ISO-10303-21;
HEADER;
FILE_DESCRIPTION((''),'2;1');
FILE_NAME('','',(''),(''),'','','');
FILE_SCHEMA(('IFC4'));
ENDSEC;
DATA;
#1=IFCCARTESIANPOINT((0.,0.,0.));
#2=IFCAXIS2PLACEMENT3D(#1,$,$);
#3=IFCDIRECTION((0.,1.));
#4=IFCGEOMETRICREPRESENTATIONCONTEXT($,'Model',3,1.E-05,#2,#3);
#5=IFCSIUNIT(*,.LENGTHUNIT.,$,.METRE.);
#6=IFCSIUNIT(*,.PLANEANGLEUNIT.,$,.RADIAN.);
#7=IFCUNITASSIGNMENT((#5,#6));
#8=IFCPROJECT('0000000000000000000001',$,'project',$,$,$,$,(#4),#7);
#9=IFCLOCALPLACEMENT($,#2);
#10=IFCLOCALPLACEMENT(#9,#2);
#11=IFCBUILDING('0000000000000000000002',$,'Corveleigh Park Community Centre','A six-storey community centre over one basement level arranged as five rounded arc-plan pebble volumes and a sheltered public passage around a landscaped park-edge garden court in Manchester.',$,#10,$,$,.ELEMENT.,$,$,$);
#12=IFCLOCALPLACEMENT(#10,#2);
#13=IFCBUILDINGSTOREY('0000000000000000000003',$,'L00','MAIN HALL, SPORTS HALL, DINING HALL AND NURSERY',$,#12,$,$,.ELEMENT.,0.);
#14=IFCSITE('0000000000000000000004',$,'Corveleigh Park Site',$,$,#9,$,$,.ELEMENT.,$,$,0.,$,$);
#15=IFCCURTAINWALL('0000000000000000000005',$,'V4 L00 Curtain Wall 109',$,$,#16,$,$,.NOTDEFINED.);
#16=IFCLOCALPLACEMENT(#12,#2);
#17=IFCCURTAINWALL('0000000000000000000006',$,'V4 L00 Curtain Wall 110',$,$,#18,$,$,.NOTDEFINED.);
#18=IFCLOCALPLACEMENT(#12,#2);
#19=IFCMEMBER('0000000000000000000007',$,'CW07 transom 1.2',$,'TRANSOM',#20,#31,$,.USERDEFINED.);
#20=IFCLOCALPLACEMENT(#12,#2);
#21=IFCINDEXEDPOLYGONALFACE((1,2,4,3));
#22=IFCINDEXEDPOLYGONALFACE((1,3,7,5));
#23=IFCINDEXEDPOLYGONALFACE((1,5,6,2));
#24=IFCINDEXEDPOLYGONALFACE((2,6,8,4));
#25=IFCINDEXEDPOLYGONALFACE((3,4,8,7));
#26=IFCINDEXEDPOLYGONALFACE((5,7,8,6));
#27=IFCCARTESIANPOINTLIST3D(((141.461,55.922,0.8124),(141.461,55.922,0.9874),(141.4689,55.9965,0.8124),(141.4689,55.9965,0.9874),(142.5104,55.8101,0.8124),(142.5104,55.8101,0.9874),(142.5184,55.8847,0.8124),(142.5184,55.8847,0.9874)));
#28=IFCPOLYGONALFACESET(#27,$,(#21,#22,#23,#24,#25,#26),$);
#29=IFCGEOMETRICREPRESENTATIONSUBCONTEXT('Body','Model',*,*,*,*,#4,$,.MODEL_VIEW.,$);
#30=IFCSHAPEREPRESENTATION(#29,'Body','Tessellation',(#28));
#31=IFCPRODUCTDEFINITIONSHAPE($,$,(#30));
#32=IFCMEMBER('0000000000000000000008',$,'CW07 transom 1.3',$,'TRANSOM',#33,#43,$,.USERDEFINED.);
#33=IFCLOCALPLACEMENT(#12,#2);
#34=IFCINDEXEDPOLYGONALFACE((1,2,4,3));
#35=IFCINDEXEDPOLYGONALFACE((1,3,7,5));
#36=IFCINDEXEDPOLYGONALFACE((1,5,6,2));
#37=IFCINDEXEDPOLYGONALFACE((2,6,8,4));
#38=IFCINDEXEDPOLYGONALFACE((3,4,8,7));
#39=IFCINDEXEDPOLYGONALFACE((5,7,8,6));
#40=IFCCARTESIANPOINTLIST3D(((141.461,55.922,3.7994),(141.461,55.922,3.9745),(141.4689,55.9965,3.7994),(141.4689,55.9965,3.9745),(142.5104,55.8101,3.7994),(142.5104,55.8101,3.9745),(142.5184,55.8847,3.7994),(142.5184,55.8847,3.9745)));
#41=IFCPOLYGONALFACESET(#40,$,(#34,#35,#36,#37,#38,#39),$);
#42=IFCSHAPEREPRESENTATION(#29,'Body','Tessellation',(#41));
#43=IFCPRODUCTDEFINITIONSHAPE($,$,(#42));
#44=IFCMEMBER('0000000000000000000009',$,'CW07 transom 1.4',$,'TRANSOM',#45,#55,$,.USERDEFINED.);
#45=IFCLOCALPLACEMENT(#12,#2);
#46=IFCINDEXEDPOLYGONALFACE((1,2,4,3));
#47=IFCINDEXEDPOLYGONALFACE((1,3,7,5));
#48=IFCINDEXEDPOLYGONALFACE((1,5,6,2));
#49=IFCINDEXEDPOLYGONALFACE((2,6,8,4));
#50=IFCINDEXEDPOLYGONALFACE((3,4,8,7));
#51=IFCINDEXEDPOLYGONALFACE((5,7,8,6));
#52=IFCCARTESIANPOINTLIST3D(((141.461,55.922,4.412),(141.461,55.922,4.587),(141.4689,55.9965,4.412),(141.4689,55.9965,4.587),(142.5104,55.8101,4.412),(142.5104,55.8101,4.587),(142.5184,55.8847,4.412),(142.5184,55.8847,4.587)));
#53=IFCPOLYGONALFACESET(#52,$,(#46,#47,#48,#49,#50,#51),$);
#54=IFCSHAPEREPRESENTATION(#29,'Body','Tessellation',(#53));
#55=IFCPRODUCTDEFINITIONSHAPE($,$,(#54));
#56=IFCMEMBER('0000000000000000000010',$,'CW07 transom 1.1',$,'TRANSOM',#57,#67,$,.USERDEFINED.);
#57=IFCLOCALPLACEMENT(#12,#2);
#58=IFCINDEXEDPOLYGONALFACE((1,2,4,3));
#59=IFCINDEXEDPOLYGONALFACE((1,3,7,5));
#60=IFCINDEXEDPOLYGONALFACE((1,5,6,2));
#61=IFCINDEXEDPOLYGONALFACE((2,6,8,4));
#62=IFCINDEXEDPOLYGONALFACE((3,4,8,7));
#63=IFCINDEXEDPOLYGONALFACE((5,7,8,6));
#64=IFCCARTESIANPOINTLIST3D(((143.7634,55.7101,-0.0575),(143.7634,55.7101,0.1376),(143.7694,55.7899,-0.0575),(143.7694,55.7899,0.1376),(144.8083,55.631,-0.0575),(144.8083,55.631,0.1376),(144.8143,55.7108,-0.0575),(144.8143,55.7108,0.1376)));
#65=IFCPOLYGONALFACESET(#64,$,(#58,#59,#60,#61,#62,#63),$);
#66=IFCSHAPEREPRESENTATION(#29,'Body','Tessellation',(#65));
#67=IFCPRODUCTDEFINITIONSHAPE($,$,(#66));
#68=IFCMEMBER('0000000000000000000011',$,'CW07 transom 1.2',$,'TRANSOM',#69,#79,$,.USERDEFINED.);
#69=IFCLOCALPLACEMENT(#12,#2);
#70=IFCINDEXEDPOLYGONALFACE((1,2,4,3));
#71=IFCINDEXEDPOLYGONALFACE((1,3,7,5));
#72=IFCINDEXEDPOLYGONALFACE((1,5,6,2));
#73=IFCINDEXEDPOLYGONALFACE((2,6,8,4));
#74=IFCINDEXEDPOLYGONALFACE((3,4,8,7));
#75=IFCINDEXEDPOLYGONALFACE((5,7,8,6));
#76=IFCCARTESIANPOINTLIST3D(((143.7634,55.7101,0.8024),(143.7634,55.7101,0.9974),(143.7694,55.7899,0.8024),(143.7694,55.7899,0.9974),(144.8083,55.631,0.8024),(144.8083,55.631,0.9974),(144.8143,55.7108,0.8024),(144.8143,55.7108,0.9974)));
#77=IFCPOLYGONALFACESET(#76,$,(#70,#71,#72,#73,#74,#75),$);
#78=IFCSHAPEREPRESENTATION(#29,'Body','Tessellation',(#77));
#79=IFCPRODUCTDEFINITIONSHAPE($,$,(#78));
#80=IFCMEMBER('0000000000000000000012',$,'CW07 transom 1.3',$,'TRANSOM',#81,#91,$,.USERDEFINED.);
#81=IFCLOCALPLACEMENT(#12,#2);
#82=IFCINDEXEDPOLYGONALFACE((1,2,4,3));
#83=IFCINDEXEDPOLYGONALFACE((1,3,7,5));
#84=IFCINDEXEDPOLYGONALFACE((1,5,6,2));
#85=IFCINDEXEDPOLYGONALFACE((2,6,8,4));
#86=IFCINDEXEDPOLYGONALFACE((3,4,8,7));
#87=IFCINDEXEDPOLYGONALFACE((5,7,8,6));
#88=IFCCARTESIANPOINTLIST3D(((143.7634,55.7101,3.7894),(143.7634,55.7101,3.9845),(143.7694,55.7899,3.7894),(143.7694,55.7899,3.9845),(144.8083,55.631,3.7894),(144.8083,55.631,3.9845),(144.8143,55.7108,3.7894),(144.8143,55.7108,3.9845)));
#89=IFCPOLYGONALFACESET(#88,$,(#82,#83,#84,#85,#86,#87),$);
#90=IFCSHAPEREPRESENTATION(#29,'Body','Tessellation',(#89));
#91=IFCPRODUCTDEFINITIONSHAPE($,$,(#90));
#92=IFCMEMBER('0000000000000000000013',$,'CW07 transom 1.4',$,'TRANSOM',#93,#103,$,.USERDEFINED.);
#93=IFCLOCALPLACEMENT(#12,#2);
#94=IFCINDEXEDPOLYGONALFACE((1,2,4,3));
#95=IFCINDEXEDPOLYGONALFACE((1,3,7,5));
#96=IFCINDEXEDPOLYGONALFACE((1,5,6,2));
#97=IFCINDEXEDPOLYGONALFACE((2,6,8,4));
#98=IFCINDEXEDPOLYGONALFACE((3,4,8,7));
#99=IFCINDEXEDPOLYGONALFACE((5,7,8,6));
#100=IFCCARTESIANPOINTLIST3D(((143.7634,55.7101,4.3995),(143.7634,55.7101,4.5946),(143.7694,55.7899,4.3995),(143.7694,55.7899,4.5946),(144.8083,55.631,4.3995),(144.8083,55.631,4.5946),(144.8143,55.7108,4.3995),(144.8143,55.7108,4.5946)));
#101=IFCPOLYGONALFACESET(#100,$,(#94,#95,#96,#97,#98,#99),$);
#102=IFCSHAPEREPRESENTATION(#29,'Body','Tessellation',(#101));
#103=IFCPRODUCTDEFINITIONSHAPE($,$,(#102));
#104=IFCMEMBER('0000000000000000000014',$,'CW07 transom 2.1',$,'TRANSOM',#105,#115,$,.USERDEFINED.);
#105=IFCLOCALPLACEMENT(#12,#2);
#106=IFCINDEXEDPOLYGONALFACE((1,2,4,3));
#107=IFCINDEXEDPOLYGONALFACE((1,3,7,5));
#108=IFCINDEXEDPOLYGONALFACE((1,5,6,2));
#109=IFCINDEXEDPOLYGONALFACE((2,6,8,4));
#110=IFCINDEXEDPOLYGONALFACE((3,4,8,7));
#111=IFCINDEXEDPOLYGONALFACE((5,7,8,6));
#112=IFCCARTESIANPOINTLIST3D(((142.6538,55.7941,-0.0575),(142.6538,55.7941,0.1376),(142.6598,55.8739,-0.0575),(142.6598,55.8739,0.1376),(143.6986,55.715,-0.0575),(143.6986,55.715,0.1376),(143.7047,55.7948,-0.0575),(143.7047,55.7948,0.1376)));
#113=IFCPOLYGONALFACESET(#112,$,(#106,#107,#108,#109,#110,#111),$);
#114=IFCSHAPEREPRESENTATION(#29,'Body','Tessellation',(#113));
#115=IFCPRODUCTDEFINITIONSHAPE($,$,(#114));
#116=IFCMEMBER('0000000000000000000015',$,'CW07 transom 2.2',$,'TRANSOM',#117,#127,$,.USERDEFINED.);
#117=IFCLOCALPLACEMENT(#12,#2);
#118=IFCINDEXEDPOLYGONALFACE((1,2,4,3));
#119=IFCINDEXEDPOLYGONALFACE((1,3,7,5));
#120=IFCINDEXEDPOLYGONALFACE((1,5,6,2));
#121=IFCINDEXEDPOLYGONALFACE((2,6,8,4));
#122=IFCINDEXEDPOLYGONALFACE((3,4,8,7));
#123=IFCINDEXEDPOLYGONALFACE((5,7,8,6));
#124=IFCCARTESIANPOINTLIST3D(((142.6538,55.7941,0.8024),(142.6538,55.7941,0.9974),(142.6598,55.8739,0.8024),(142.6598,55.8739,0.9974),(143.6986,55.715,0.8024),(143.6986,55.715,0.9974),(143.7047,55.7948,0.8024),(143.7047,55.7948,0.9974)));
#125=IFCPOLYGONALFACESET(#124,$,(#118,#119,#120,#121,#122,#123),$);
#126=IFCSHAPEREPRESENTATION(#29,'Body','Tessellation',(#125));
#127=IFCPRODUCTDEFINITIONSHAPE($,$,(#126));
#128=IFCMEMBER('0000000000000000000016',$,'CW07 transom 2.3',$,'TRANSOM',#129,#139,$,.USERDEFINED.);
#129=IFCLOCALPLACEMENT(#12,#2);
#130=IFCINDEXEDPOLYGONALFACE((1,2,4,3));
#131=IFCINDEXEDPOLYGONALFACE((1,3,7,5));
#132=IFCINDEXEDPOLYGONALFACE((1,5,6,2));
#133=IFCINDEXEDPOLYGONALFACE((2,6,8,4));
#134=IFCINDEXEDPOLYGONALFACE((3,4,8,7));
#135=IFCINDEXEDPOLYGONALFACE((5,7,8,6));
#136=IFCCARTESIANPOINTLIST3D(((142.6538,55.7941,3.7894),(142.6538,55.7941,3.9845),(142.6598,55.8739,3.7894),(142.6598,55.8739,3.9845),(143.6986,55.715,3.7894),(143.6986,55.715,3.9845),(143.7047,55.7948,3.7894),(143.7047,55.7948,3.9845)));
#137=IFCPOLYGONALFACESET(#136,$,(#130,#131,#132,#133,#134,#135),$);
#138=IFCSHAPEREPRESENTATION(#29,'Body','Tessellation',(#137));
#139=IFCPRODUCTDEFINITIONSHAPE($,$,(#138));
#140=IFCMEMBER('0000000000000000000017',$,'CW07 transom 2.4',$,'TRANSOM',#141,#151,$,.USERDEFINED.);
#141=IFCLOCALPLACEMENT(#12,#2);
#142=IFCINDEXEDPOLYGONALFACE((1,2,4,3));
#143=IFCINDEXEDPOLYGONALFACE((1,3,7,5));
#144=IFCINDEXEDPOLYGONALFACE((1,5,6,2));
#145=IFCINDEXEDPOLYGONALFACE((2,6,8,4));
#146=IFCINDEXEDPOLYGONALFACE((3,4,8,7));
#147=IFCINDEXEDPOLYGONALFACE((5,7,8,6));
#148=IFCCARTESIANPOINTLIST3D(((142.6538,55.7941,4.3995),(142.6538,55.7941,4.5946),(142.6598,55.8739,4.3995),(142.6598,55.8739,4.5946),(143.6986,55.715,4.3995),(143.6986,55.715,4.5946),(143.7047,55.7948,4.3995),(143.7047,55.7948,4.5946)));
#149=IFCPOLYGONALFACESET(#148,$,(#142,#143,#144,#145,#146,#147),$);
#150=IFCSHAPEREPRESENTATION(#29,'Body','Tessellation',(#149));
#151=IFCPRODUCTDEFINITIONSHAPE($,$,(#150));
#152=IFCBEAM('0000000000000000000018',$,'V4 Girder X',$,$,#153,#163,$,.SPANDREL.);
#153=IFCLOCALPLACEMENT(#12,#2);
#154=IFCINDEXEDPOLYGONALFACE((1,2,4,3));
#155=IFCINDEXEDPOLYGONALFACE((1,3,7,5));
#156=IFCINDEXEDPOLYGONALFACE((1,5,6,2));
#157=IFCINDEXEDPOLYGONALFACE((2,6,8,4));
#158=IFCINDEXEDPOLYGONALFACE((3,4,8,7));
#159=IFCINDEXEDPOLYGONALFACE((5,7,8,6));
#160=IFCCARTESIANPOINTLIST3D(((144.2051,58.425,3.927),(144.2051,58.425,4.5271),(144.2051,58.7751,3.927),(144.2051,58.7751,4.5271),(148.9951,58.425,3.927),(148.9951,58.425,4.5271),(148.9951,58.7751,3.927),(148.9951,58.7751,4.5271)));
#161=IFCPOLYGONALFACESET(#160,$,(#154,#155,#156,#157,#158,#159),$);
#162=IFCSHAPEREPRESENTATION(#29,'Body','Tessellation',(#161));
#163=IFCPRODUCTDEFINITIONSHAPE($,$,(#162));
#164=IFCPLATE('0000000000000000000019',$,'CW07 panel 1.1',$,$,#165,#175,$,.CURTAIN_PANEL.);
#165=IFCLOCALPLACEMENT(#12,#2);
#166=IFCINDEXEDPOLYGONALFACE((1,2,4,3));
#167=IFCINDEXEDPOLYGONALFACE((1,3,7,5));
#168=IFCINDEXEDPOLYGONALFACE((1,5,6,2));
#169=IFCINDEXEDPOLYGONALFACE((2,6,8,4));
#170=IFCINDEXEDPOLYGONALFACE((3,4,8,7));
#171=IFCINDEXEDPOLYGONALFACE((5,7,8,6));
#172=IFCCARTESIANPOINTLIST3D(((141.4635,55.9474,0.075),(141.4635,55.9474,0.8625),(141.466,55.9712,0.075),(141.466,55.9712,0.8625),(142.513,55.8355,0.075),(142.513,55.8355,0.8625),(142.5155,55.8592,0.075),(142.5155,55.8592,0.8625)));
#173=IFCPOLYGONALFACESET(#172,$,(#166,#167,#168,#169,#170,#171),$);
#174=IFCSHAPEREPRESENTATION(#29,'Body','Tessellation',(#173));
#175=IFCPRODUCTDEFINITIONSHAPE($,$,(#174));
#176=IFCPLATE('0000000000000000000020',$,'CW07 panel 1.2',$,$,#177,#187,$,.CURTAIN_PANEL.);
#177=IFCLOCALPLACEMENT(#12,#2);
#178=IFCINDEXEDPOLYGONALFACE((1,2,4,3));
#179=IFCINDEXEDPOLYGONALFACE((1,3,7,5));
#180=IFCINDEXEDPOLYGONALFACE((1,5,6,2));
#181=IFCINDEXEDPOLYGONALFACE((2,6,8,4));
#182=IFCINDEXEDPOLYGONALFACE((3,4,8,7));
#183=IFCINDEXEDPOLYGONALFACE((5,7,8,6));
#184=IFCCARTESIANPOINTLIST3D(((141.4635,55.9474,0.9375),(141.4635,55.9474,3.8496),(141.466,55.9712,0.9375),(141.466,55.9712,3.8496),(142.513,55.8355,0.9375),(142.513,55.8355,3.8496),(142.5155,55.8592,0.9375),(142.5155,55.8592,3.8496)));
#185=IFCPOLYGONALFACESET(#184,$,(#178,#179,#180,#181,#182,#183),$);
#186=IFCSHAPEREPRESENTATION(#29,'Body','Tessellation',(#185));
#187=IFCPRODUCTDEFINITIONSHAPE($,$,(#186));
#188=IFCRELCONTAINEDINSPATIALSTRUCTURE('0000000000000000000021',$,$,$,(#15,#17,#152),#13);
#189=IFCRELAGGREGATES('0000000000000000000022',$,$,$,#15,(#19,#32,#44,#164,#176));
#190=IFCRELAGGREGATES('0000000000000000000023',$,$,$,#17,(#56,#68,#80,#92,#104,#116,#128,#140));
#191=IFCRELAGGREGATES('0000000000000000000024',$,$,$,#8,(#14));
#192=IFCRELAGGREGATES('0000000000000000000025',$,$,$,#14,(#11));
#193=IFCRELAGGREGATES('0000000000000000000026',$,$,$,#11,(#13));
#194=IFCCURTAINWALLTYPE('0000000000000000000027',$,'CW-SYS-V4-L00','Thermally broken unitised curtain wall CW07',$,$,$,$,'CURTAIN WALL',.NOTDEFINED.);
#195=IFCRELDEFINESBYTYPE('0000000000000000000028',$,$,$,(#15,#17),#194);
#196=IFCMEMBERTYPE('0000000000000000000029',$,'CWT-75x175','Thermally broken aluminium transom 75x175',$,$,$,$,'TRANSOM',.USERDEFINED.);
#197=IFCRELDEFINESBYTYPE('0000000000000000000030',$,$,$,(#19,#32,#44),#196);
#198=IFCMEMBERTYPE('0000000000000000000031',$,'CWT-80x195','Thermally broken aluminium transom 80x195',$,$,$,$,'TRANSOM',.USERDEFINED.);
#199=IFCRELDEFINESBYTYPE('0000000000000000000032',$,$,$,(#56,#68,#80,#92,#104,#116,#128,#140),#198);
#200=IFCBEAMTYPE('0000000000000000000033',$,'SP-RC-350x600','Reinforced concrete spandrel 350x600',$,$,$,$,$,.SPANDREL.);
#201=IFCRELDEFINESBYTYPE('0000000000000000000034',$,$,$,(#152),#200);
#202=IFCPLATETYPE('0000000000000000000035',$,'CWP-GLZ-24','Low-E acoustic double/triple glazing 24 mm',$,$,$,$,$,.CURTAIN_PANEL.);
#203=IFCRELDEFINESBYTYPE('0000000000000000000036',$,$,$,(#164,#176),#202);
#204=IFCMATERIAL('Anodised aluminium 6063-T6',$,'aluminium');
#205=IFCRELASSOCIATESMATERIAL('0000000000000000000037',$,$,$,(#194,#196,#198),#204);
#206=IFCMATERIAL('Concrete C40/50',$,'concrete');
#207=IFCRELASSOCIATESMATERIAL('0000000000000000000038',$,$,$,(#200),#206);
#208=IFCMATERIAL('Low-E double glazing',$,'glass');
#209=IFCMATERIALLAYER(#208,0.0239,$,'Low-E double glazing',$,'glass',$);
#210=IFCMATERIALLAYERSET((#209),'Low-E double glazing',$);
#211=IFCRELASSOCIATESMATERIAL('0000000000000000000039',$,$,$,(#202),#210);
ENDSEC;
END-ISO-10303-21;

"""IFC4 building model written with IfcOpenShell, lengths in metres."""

from ifc_helpers import new_model, si_unit, direction, frame, origin, origin_2d, place, context, subcontext, project, spatial, rectangle, extrude, material, layer, layer_set, material_profile, profile_set, type_object, element, aggregate, save


model = new_model("IFC4")

# Units and contexts
model_context = context("Model", 3, precision=1e-05, world=origin(), true_north=direction((0.0, 1.0)))
body_context = subcontext(model_context, "Body", "Model", "MODEL_VIEW")
ifc_project = project(units=[si_unit("LENGTHUNIT", "METRE"), si_unit("PLANEANGLEUNIT", "RADIAN")], contexts=[model_context])

# Site, building, storey
site_placement = place(None, origin())
site = spatial("IfcSite", under=ifc_project, at=site_placement, Name="Corveleigh Park Site", CompositionType="ELEMENT", RefElevation=0.0)
building_placement = place(site_placement, origin())
building = spatial("IfcBuilding", under=site, at=building_placement, Name="Corveleigh Park Community Centre", Description="A six-storey community centre over one basement level arranged as five rounded arc-plan pebble volumes and a sheltered public passage around a landscaped park-edge garden court in Manchester.", CompositionType="ELEMENT")
storey_placement = place(building_placement, origin())
storey = spatial("IfcBuildingStorey", under=building, at=storey_placement, Name="L00", Description="MAIN HALL, SPORTS HALL, DINING HALL AND NURSERY", CompositionType="ELEMENT", Elevation=0.0)

# Curtain walls
ifc_material_1 = material(Name="Anodised aluminium 6063-T6", Category="aluminium")
curtain_wall_type = type_object("IfcCurtainWallType", Name="CW-SYS-V4-L00", Description="Thermally broken unitised curtain wall CW07", ElementType="CURTAIN WALL", PredefinedType="NOTDEFINED", material=ifc_material_1)
curtain_wall_1_placement = place(storey_placement, origin())
curtain_wall_1 = element("IfcCurtainWall", 1, at=curtain_wall_1_placement, inside=storey, type_object=curtain_wall_type, Name="V4 L00 Curtain Wall 109", PredefinedType="NOTDEFINED")
curtain_wall_2_placement = place(storey_placement, origin())
curtain_wall_2 = element("IfcCurtainWall", 2, at=curtain_wall_2_placement, inside=storey, type_object=curtain_wall_type, Name="V4 L00 Curtain Wall 110", PredefinedType="NOTDEFINED")

# Members
ifc_material_profile_1 = material_profile(ifc_material_1, rectangle(XDim=0.075, YDim=0.175, at=origin_2d()), Name="ALU-T75x175", Category="aluminium")
ifc_profile_set_1 = profile_set([ifc_material_profile_1], Name="Anodised aluminium 6063-T6")
member_type_1 = type_object("IfcMemberType", Name="CWT-75x175", Description="Thermally broken aluminium transom 75x175", ElementType="TRANSOM", PredefinedType="USERDEFINED", material=ifc_profile_set_1)
member_1_placement = place(storey_placement, frame((142.5144, 55.8474, 0.8999), z_axis=(-0.994373, 0.105937, 0.0), x_axis=(-0.105937, -0.994373, 0.0)))
member_1 = element("IfcMember", 3, at=member_1_placement, type_object=member_type_1, Name="CW07 transom 1.2", ObjectType="TRANSOM", PredefinedType="USERDEFINED", context=body_context, shape_type="SweptSolid", body=[
    extrude(rectangle(XDim=0.075, YDim=0.175, at=origin_2d()), origin(), (0.0, 0.0, 1.0), 1.0554),
])
member_2_placement = place(storey_placement, frame((142.5144, 55.8474, 3.887), z_axis=(-0.994373, 0.105937, 0.0), x_axis=(-0.105937, -0.994373, 0.0)))
member_2 = element("IfcMember", 4, at=member_2_placement, type_object=member_type_1, Name="CW07 transom 1.3", ObjectType="TRANSOM", PredefinedType="USERDEFINED", context=body_context, shape_type="SweptSolid", body=[
    extrude(rectangle(XDim=0.075, YDim=0.175, at=origin_2d()), origin(), (0.0, 0.0, 1.0), 1.0554),
])
member_3_placement = place(storey_placement, frame((142.5144, 55.8474, 4.4995), z_axis=(-0.994373, 0.105937, 0.0), x_axis=(-0.105937, -0.994373, 0.0)))
member_3 = element("IfcMember", 5, at=member_3_placement, type_object=member_type_1, Name="CW07 transom 1.4", ObjectType="TRANSOM", PredefinedType="USERDEFINED", context=body_context, shape_type="SweptSolid", body=[
    extrude(rectangle(XDim=0.075, YDim=0.175, at=origin_2d()), origin(), (0.0, 0.0, 1.0), 1.0554),
])
ifc_material_profile_2 = material_profile(ifc_material_1, rectangle(XDim=0.0801, YDim=0.1951, at=origin_2d()), Name="ALU-T80x195", Category="aluminium")
ifc_profile_set_2 = profile_set([ifc_material_profile_2], Name="Anodised aluminium 6063-T6")
member_type_2 = type_object("IfcMemberType", Name="CWT-80x195", Description="Thermally broken aluminium transom 80x195", ElementType="TRANSOM", PredefinedType="USERDEFINED", material=ifc_profile_set_2)
member_4_placement = place(storey_placement, frame((144.8113, 55.6709, 0.04), z_axis=(-0.997147, 0.075485, 0.0), x_axis=(-0.075485, -0.997147, 0.0)))
member_4 = element("IfcMember", 6, at=member_4_placement, type_object=member_type_2, Name="CW07 transom 1.1", ObjectType="TRANSOM", PredefinedType="USERDEFINED", context=body_context, shape_type="SweptSolid", body=[
    extrude(rectangle(XDim=0.0801, YDim=0.1951, at=origin_2d()), origin(), (0.0, 0.0, 1.0), 1.0479),
])
member_5_placement = place(storey_placement, frame((144.8113, 55.6709, 0.8999), z_axis=(-0.997147, 0.075485, 0.0), x_axis=(-0.075485, -0.997147, 0.0)))
member_5 = element("IfcMember", 7, at=member_5_placement, type_object=member_type_2, Name="CW07 transom 1.2", ObjectType="TRANSOM", PredefinedType="USERDEFINED", context=body_context, shape_type="SweptSolid", body=[
    extrude(rectangle(XDim=0.0801, YDim=0.1951, at=origin_2d()), origin(), (0.0, 0.0, 1.0), 1.0479),
])
member_6_placement = place(storey_placement, frame((144.8113, 55.6709, 3.887), z_axis=(-0.997147, 0.075485, 0.0), x_axis=(-0.075485, -0.997147, 0.0)))
member_6 = element("IfcMember", 8, at=member_6_placement, type_object=member_type_2, Name="CW07 transom 1.3", ObjectType="TRANSOM", PredefinedType="USERDEFINED", context=body_context, shape_type="SweptSolid", body=[
    extrude(rectangle(XDim=0.0801, YDim=0.1951, at=origin_2d()), origin(), (0.0, 0.0, 1.0), 1.0479),
])
member_7_placement = place(storey_placement, frame((144.8113, 55.6709, 4.4971), z_axis=(-0.997147, 0.075485, 0.0), x_axis=(-0.075485, -0.997147, 0.0)))
member_7 = element("IfcMember", 9, at=member_7_placement, type_object=member_type_2, Name="CW07 transom 1.4", ObjectType="TRANSOM", PredefinedType="USERDEFINED", context=body_context, shape_type="SweptSolid", body=[
    extrude(rectangle(XDim=0.0801, YDim=0.1951, at=origin_2d()), origin(), (0.0, 0.0, 1.0), 1.0479),
])
member_8_placement = place(storey_placement, frame((143.7017, 55.7549, 0.04), z_axis=(-0.997147, 0.075485, 0.0), x_axis=(-0.075485, -0.997147, 0.0)))
member_8 = element("IfcMember", 10, at=member_8_placement, type_object=member_type_2, Name="CW07 transom 2.1", ObjectType="TRANSOM", PredefinedType="USERDEFINED", context=body_context, shape_type="SweptSolid", body=[
    extrude(rectangle(XDim=0.0801, YDim=0.1951, at=origin_2d()), origin(), (0.0, 0.0, 1.0), 1.0479),
])
member_9_placement = place(storey_placement, frame((143.7017, 55.7549, 0.8999), z_axis=(-0.997147, 0.075485, 0.0), x_axis=(-0.075485, -0.997147, 0.0)))
member_9 = element("IfcMember", 11, at=member_9_placement, type_object=member_type_2, Name="CW07 transom 2.2", ObjectType="TRANSOM", PredefinedType="USERDEFINED", context=body_context, shape_type="SweptSolid", body=[
    extrude(rectangle(XDim=0.0801, YDim=0.1951, at=origin_2d()), origin(), (0.0, 0.0, 1.0), 1.0479),
])
member_10_placement = place(storey_placement, frame((143.7017, 55.7549, 3.887), z_axis=(-0.997147, 0.075485, 0.0), x_axis=(-0.075485, -0.997147, 0.0)))
member_10 = element("IfcMember", 12, at=member_10_placement, type_object=member_type_2, Name="CW07 transom 2.3", ObjectType="TRANSOM", PredefinedType="USERDEFINED", context=body_context, shape_type="SweptSolid", body=[
    extrude(rectangle(XDim=0.0801, YDim=0.1951, at=origin_2d()), origin(), (0.0, 0.0, 1.0), 1.0479),
])
member_11_placement = place(storey_placement, frame((143.7017, 55.7549, 4.4971), z_axis=(-0.997147, 0.075485, 0.0), x_axis=(-0.075485, -0.997147, 0.0)))
member_11 = element("IfcMember", 13, at=member_11_placement, type_object=member_type_2, Name="CW07 transom 2.4", ObjectType="TRANSOM", PredefinedType="USERDEFINED", context=body_context, shape_type="SweptSolid", body=[
    extrude(rectangle(XDim=0.0801, YDim=0.1951, at=origin_2d()), origin(), (0.0, 0.0, 1.0), 1.0479),
])

# Beam
ifc_material_2 = material(Name="Concrete C40/50", Category="concrete")
ifc_material_profile_3 = material_profile(ifc_material_2, rectangle(XDim=0.3501, YDim=0.6001, at=origin_2d()), Name="RC-350x600", Category="concrete")
ifc_profile_set_3 = profile_set([ifc_material_profile_3], Name="Concrete C40/50")
beam_type_1 = type_object("IfcBeamType", Name="SP-RC-350x600", Description="Reinforced concrete spandrel 350x600", PredefinedType="SPANDREL", material=ifc_profile_set_3)
beam_1_placement = place(storey_placement, frame((144.2051, 58.6001, 4.2271), z_axis=(1.0, 0.0, 0.0), x_axis=(0.0, 1.0, 0.0)))
element("IfcBeam", 14, at=beam_1_placement, inside=storey, type_object=beam_type_1, Name="V4 Girder X", PredefinedType="SPANDREL", context=body_context, shape_type="SweptSolid", body=[
    extrude(rectangle(XDim=0.3501, YDim=0.6001, at=origin_2d()), origin(), (0.0, 0.0, 1.0), 4.79),
])

# Plates
ifc_material_3 = material(Name="Low-E double glazing", Category="glass")
ifc_layer = layer(ifc_material_3, 0.0239, Name="Low-E double glazing", Category="glass")
ifc_layer_set = layer_set([ifc_layer], Name="Low-E double glazing")
plate_type = type_object("IfcPlateType", Name="CWP-GLZ-24", Description="Low-E acoustic double/triple glazing 24 mm", PredefinedType="CURTAIN_PANEL", material=ifc_layer_set)
plate_1_placement = place(storey_placement, frame((141.9895, 55.9033, 0.075), z_axis=(0.0, 0.0, 1.0), x_axis=(-0.994359, 0.106071, 0.0)))
plate_1 = element("IfcPlate", 15, at=plate_1_placement, type_object=plate_type, Name="CW07 panel 1.1", PredefinedType="CURTAIN_PANEL", context=body_context, shape_type="SweptSolid", body=[
    extrude(rectangle(XDim=1.0554, YDim=0.0239, at=origin_2d()), origin(), (0.0, 0.0, 1.0), 0.7876),
])
plate_2_placement = place(storey_placement, frame((141.9895, 55.9033, 0.9375), z_axis=(0.0, 0.0, 1.0), x_axis=(-0.994359, 0.106071, 0.0)))
plate_2 = element("IfcPlate", 16, at=plate_2_placement, type_object=plate_type, Name="CW07 panel 1.2", PredefinedType="CURTAIN_PANEL", context=body_context, shape_type="SweptSolid", body=[
    extrude(rectangle(XDim=1.0554, YDim=0.0239, at=origin_2d()), origin(), (0.0, 0.0, 1.0), 2.9121),
])
aggregate(curtain_wall_1, [member_1, member_2, member_3, plate_1, plate_2])
aggregate(curtain_wall_2, [member_4, member_5, member_6, member_7, member_8, member_9, member_10, member_11])

save(model, "model.ifc")
